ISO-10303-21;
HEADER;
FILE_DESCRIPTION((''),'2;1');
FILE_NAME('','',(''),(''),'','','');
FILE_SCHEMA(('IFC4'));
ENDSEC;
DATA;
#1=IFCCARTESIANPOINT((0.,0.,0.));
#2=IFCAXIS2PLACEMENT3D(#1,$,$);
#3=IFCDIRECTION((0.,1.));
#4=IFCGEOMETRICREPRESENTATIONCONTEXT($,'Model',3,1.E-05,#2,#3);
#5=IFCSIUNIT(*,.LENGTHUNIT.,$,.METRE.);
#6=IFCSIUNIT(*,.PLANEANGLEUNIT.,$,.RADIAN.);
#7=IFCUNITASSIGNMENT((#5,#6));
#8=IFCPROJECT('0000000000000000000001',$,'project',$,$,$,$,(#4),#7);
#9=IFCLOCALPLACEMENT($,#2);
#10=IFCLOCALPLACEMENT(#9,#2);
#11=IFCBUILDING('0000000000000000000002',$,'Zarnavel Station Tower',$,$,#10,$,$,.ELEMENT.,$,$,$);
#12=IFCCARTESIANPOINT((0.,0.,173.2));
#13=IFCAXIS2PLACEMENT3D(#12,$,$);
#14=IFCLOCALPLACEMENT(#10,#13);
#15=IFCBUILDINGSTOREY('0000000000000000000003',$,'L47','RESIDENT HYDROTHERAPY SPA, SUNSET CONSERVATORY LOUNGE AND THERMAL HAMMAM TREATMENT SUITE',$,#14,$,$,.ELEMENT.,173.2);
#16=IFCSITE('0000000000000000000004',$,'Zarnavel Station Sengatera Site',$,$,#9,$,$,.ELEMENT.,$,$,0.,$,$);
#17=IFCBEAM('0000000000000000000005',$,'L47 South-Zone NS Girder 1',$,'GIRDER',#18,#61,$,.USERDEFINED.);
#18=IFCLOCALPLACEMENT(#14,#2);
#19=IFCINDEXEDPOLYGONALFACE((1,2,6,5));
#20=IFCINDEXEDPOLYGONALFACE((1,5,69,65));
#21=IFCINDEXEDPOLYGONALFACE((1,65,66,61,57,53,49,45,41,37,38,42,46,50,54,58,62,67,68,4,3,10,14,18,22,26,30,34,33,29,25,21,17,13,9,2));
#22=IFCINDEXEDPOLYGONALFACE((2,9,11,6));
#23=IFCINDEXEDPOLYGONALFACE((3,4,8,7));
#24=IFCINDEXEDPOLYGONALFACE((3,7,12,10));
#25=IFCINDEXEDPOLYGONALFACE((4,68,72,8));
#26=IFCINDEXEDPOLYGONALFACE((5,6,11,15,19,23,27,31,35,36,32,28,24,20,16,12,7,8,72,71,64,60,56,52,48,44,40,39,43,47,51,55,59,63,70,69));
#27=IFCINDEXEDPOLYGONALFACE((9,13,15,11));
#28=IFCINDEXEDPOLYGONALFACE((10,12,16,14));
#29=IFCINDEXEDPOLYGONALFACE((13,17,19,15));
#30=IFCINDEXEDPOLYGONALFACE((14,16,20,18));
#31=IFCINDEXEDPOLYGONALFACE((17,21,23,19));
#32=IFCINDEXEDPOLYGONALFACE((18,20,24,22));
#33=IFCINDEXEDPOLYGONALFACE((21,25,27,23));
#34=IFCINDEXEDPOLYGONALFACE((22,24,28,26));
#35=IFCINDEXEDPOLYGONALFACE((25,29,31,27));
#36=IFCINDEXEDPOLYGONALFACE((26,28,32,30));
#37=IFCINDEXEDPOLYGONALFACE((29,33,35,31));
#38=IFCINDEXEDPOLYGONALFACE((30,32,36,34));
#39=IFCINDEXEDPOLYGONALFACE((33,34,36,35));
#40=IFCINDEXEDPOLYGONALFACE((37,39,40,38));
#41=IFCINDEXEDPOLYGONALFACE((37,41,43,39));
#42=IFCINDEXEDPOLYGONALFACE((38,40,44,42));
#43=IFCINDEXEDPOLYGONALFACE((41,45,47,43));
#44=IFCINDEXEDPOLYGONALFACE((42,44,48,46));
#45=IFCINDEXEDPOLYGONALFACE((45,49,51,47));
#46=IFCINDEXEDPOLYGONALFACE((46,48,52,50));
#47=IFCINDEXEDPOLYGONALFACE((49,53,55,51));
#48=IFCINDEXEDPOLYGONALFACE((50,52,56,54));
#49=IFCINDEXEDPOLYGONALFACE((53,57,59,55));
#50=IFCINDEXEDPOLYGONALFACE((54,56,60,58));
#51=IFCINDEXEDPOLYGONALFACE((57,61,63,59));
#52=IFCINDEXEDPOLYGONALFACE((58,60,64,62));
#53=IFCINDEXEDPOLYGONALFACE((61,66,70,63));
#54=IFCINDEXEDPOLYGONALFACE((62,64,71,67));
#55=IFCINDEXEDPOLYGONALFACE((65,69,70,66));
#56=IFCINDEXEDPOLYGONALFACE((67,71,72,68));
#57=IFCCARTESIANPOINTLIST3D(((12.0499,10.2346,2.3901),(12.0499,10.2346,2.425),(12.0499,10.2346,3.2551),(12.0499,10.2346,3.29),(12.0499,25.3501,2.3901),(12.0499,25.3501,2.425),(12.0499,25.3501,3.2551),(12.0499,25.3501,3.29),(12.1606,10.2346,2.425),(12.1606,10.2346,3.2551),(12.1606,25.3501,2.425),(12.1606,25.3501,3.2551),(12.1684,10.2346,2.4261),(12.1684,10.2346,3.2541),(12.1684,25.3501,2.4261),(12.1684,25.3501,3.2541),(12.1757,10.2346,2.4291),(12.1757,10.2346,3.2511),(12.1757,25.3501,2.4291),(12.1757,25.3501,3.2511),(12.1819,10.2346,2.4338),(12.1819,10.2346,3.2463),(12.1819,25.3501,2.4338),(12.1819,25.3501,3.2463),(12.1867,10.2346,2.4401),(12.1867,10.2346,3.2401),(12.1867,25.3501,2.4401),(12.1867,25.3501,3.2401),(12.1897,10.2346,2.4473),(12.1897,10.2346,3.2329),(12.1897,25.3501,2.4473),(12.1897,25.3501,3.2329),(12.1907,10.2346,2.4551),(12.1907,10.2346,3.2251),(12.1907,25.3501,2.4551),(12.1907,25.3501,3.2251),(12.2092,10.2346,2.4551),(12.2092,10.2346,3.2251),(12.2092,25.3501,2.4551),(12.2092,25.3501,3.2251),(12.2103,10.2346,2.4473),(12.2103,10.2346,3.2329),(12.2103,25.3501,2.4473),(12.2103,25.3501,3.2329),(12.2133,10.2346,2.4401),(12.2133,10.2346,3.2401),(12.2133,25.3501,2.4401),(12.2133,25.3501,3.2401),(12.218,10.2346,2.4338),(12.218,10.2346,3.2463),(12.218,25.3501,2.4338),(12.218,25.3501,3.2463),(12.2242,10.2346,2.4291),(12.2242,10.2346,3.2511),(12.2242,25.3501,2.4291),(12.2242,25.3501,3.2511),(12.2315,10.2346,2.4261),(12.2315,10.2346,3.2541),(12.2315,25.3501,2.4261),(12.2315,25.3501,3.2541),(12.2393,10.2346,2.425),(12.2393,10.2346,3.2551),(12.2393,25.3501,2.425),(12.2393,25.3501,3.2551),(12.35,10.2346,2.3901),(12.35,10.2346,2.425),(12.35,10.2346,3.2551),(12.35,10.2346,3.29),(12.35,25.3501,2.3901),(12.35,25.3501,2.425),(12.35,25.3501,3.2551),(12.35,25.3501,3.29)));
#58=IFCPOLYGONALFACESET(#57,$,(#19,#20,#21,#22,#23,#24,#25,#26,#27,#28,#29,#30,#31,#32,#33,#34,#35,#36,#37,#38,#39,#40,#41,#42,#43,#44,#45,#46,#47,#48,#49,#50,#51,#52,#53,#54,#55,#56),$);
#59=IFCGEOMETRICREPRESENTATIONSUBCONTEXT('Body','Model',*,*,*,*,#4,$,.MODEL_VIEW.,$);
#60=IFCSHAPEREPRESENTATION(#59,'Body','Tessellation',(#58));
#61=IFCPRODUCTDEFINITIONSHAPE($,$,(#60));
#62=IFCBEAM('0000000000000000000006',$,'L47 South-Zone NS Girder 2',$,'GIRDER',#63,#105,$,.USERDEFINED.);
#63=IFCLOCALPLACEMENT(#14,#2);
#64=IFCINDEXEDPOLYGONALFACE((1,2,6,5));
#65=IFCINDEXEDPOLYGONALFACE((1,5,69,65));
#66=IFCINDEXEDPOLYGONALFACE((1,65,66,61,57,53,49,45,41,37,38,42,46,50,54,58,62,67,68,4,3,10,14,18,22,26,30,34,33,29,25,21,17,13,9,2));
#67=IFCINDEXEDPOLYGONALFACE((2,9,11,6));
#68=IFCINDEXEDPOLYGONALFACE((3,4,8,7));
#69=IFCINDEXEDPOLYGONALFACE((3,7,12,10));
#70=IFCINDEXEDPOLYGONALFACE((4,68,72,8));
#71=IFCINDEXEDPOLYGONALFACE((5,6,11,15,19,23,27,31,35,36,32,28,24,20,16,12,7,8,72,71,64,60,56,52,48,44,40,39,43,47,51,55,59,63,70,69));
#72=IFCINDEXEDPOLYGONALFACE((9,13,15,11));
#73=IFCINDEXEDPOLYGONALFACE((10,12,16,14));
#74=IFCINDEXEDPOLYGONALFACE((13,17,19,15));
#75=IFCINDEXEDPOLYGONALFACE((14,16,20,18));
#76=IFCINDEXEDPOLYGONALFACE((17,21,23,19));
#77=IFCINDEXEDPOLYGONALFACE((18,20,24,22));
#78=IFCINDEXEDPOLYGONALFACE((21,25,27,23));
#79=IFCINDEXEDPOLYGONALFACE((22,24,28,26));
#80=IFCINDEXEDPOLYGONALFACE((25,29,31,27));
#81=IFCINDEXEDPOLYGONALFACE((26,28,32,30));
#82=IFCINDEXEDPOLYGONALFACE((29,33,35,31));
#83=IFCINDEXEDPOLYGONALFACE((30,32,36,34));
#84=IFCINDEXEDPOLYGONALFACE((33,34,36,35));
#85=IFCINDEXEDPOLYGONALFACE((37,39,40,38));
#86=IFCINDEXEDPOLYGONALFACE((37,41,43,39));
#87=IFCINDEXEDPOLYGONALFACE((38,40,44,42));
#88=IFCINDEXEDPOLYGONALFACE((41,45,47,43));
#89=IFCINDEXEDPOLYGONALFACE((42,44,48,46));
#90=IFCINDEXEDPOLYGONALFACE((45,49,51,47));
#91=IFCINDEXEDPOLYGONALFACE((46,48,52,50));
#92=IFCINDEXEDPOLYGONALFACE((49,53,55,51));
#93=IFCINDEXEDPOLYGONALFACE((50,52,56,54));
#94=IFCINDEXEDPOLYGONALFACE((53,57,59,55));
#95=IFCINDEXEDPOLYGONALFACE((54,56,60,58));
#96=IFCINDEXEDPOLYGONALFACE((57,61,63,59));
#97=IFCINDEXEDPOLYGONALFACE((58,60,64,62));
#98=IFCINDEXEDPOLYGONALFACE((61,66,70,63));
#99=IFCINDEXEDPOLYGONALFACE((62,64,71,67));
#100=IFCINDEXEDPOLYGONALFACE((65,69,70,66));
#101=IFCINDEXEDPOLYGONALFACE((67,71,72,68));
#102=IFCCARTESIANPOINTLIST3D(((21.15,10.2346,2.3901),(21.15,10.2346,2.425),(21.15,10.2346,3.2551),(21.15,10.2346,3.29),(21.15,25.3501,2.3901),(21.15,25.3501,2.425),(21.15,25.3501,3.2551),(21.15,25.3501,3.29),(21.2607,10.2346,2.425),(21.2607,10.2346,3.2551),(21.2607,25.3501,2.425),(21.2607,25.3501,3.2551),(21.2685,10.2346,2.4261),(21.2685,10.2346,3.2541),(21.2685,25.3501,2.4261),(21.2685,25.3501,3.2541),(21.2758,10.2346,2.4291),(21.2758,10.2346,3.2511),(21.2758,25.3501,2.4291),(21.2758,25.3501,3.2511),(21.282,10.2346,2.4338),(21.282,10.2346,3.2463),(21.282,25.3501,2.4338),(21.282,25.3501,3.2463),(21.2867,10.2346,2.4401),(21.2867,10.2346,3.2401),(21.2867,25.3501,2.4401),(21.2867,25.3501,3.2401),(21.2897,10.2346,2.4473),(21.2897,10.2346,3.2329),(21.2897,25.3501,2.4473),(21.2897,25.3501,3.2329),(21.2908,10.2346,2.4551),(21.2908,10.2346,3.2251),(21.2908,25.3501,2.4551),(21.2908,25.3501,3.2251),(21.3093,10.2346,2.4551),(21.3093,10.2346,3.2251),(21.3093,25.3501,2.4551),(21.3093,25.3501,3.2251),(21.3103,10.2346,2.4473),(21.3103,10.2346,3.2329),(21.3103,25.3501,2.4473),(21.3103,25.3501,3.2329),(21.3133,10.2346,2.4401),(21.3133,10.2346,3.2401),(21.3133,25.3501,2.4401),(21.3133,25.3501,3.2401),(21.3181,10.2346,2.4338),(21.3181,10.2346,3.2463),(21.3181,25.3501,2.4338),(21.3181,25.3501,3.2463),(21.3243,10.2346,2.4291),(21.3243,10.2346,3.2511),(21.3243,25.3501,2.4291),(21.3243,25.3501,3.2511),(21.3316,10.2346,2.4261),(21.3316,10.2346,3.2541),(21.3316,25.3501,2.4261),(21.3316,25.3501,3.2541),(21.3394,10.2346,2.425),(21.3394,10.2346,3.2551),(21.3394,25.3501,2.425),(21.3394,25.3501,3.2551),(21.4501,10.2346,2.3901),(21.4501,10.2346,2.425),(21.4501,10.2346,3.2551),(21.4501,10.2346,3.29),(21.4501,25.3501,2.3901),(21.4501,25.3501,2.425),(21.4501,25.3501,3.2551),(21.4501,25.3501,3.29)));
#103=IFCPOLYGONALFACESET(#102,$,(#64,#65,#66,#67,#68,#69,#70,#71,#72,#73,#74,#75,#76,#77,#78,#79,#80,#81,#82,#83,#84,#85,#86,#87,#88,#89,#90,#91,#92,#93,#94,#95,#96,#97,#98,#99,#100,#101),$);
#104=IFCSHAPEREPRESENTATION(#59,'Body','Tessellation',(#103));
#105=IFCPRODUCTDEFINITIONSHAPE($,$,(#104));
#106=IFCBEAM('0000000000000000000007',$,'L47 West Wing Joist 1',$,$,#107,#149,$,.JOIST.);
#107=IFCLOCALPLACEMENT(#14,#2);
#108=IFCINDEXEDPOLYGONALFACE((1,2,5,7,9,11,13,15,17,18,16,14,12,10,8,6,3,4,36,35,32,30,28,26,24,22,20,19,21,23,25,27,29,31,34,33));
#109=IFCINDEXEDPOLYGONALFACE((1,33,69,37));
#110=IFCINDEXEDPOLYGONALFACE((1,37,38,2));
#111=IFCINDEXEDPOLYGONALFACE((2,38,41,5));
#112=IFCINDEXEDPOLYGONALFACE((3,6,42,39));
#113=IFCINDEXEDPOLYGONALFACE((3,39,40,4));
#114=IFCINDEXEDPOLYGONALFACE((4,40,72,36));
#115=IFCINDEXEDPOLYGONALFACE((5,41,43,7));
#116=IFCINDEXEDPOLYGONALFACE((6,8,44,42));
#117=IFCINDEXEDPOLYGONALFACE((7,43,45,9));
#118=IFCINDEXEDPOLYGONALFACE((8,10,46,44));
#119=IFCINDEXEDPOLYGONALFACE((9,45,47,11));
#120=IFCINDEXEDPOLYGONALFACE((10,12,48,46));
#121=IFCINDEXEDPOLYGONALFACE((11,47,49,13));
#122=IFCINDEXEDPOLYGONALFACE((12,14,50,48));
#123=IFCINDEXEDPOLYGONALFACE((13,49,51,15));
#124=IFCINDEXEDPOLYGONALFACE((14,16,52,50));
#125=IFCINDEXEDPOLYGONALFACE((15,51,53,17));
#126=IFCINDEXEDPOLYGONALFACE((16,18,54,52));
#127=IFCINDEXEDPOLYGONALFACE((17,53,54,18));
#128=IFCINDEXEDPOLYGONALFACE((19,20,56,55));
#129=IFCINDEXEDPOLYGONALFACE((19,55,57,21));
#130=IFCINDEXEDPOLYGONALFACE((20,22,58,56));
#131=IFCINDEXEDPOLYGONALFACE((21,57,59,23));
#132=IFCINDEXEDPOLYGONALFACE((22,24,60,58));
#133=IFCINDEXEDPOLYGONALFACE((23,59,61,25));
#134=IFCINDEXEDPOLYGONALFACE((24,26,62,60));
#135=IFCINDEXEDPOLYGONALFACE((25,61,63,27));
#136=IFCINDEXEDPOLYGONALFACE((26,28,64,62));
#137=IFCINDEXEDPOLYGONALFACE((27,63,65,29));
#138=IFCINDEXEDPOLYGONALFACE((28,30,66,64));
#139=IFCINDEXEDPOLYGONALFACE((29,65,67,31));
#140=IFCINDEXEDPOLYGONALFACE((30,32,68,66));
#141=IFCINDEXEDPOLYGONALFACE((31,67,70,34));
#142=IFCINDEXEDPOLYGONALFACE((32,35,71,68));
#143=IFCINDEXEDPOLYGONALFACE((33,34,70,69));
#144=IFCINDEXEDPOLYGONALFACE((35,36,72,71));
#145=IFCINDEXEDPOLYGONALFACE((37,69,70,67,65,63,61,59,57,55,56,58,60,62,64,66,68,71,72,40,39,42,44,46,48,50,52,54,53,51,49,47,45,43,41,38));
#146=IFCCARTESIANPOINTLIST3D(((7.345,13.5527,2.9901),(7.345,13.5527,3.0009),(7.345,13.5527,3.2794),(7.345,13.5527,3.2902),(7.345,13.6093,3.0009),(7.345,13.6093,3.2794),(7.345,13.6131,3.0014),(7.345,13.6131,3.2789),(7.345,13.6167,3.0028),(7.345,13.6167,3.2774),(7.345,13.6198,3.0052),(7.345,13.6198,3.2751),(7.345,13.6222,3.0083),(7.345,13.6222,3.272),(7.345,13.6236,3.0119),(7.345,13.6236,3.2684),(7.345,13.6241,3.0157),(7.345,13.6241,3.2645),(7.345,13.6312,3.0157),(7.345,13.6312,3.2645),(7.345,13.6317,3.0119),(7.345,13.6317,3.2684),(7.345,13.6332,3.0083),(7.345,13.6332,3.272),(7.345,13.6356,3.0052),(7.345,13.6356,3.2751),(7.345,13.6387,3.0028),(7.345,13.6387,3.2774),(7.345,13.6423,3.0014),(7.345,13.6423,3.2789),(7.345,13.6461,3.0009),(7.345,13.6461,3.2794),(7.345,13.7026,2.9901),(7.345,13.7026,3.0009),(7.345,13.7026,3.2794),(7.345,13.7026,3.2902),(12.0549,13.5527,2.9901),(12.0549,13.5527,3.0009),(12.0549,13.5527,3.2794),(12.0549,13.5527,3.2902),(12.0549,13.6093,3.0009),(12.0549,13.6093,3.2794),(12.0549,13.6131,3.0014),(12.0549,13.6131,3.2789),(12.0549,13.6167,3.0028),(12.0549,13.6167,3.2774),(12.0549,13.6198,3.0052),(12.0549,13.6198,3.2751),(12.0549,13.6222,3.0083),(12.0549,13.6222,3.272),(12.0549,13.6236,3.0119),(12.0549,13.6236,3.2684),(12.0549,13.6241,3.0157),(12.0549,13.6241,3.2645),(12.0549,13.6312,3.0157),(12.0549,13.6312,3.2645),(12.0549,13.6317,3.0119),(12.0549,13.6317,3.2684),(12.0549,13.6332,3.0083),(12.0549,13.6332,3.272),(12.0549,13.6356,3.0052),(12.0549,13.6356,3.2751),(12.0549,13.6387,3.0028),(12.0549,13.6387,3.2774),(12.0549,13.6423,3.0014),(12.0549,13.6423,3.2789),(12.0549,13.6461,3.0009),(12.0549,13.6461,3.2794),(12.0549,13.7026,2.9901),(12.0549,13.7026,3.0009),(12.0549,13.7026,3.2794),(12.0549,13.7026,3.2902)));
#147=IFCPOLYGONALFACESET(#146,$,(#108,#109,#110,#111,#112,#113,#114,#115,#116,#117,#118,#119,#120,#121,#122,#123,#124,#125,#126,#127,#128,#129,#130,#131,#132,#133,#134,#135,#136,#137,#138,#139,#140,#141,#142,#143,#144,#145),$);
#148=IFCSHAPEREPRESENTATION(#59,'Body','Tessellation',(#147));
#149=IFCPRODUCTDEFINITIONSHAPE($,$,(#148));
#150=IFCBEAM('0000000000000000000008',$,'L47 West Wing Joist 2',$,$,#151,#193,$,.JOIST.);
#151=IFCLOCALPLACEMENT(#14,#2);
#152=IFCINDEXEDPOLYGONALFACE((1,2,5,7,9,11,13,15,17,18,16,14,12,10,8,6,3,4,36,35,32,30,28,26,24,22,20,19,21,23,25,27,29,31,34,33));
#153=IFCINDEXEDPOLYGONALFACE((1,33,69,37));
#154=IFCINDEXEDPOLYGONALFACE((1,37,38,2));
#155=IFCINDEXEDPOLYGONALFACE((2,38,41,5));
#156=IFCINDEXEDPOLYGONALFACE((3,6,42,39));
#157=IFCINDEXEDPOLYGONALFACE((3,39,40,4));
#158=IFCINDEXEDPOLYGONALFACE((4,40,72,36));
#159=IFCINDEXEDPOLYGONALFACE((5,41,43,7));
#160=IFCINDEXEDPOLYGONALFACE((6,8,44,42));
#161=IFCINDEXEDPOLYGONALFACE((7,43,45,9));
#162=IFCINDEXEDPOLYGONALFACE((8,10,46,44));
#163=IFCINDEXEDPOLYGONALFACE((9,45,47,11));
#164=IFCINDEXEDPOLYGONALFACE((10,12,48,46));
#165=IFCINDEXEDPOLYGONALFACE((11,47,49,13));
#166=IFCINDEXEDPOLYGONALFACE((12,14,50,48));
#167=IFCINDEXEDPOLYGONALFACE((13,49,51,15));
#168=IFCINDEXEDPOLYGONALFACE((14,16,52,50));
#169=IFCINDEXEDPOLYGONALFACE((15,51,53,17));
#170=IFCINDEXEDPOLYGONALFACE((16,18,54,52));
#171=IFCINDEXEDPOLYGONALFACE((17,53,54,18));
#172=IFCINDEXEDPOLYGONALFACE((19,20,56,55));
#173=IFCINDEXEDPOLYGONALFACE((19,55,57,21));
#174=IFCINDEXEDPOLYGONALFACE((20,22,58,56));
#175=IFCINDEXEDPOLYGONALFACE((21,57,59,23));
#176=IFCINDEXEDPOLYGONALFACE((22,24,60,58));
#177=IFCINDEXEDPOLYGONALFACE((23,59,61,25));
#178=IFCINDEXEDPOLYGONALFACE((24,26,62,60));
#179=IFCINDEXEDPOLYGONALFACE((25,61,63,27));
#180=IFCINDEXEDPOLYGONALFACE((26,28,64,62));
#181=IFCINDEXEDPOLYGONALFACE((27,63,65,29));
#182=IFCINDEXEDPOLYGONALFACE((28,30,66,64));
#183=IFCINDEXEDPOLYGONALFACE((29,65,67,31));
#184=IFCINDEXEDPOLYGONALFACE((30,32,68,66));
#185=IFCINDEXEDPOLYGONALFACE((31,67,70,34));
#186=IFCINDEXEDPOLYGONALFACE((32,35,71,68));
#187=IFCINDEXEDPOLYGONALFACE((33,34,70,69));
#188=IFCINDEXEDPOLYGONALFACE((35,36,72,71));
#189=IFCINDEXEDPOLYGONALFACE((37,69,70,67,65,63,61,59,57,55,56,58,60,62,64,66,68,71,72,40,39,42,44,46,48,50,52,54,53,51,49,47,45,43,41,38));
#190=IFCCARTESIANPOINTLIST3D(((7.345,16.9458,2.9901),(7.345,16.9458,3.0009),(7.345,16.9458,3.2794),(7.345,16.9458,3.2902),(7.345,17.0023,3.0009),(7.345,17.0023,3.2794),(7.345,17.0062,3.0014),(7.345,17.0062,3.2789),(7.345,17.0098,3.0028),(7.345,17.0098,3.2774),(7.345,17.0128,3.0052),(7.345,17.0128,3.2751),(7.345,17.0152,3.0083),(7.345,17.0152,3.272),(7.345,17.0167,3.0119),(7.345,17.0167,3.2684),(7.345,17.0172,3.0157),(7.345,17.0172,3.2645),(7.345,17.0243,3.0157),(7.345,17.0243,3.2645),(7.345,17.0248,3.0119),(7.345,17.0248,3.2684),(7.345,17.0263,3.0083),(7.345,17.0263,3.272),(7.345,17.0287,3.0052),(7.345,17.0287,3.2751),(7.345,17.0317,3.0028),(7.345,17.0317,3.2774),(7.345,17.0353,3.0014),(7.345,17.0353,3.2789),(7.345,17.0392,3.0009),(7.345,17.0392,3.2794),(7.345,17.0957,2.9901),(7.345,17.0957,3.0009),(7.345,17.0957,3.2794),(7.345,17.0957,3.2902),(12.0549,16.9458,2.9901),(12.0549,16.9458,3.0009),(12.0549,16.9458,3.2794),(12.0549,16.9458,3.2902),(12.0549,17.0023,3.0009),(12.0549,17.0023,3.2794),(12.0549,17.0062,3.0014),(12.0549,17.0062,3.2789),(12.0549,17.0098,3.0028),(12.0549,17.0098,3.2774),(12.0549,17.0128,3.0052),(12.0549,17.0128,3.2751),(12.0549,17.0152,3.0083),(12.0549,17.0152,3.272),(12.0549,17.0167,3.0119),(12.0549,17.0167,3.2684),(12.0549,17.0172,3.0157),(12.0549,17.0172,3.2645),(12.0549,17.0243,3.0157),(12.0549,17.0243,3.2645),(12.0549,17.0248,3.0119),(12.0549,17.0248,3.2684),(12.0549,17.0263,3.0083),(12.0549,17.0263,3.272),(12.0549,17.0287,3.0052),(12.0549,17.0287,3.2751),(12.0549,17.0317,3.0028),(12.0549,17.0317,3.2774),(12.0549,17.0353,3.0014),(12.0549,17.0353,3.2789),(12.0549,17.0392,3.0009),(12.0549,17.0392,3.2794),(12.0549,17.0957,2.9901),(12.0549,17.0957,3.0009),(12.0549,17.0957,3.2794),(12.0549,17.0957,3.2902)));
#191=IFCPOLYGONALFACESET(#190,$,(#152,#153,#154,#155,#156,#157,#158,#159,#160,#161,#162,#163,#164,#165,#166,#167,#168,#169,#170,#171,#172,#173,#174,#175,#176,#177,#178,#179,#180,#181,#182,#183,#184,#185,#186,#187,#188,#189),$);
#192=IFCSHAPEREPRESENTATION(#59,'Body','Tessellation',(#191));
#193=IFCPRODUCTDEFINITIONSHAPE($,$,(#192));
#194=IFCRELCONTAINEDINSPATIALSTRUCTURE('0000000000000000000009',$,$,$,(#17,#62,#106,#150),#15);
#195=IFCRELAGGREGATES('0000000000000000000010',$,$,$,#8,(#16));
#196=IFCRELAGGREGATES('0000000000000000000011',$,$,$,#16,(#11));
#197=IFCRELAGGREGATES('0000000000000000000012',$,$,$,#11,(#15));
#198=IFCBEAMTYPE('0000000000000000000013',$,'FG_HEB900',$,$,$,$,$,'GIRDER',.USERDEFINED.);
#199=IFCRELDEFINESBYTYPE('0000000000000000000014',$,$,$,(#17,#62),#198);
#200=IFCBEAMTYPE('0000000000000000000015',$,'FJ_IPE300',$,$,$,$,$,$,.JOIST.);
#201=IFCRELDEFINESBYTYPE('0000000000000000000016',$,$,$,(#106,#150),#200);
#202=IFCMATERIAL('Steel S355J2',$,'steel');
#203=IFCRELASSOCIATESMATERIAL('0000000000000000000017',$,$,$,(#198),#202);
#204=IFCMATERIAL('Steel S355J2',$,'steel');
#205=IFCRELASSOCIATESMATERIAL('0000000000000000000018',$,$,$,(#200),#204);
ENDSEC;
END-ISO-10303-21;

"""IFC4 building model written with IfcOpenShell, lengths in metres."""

from ifc_helpers import new_model, si_unit, direction, frame, origin, origin_2d, place, context, subcontext, project, spatial, i_section, extrude, material, material_profile, profile_set, type_object, element, save


model = new_model("IFC4")

# Units and contexts
model_context = context("Model", 3, precision=1e-05, world=origin(), true_north=direction((0.0, 1.0)))
body_context = subcontext(model_context, "Body", "Model", "MODEL_VIEW")
ifc_project = project(units=[si_unit("LENGTHUNIT", "METRE"), si_unit("PLANEANGLEUNIT", "RADIAN")], contexts=[model_context])

# Site, building, storey
site_placement = place(None, origin())
site = spatial("IfcSite", under=ifc_project, at=site_placement, Name="Zarnavel Station Sengatera Site", CompositionType="ELEMENT", RefElevation=0.0)
building_placement = place(site_placement, origin())
building = spatial("IfcBuilding", under=site, at=building_placement, Name="Zarnavel Station Tower", CompositionType="ELEMENT")
storey_placement = place(building_placement, frame((0.0, 0.0, 173.2)))
storey = spatial("IfcBuildingStorey", under=building, at=storey_placement, Name="L47", Description="RESIDENT HYDROTHERAPY SPA, SUNSET CONSERVATORY LOUNGE AND THERMAL HAMMAM TREATMENT SUITE", CompositionType="ELEMENT", Elevation=173.2)

# Beams
ifc_material_1 = material(Name="Steel S355J2", Category="steel")
ifc_material_profile_1 = material_profile(ifc_material_1, i_section(OverallWidth=0.3, OverallDepth=0.8999, WebThickness=0.0186, FlangeThickness=0.0349, FilletRadius=0.03, at=origin_2d()), Name="HEB900")
ifc_profile_set_1 = profile_set([ifc_material_profile_1], Name="Steel S355J2")
beam_type_1 = type_object("IfcBeamType", Name="FG_HEB900", ElementType="GIRDER", PredefinedType="USERDEFINED", material=ifc_profile_set_1)
for number, where, z_axis, x_axis, name in (
    (1, (12.2, 10.2346, 2.8401), (0.0, 1.0, 0.0), (-1.0, 0.0, 0.0), "L47 South-Zone NS Girder 1"),
    (2, (21.3, 10.2346, 2.8401), (0.0, 1.0, 0.0), (-1.0, 0.0, 0.0), "L47 South-Zone NS Girder 2"),
):
    element("IfcBeam", number, at=place(storey_placement, frame(where, z_axis=z_axis, x_axis=x_axis)), inside=storey, type_object=beam_type_1, Name=name, ObjectType="GIRDER", PredefinedType="USERDEFINED", context=body_context, shape_type="SweptSolid", body=[
        extrude(i_section(OverallWidth=0.3, OverallDepth=0.8999, WebThickness=0.0186, FlangeThickness=0.0349, FilletRadius=0.03, at=origin_2d()), origin(), (0.0, 0.0, 1.0), 15.1155),
    ])
ifc_material_2 = material(Name="Steel S355J2", Category="steel")
ifc_material_profile_2 = material_profile(ifc_material_2, i_section(OverallWidth=0.1499, OverallDepth=0.3, WebThickness=0.0071, FlangeThickness=0.0107, FilletRadius=0.0149, at=origin_2d()), Name="IPE300")
ifc_profile_set_2 = profile_set([ifc_material_profile_2], Name="Steel S355J2")
beam_type_2 = type_object("IfcBeamType", Name="FJ_IPE300", PredefinedType="JOIST", material=ifc_profile_set_2)
for number, where, z_axis, x_axis, name in (
    (3, (7.345, 13.6277, 3.1401), (1.0, 0.0, 0.0), (0.0, 1.0, 0.0), "L47 West Wing Joist 1"),
    (4, (7.345, 17.0208, 3.1401), (1.0, 0.0, 0.0), (0.0, 1.0, 0.0), "L47 West Wing Joist 2"),
):
    element("IfcBeam", number, at=place(storey_placement, frame(where, z_axis=z_axis, x_axis=x_axis)), inside=storey, type_object=beam_type_2, Name=name, PredefinedType="JOIST", context=body_context, shape_type="SweptSolid", body=[
        extrude(i_section(OverallWidth=0.1499, OverallDepth=0.3, WebThickness=0.0071, FlangeThickness=0.0107, FilletRadius=0.0149, at=origin_2d()), origin(), (0.0, 0.0, 1.0), 4.71),
    ])

save(model, "model.ifc")
